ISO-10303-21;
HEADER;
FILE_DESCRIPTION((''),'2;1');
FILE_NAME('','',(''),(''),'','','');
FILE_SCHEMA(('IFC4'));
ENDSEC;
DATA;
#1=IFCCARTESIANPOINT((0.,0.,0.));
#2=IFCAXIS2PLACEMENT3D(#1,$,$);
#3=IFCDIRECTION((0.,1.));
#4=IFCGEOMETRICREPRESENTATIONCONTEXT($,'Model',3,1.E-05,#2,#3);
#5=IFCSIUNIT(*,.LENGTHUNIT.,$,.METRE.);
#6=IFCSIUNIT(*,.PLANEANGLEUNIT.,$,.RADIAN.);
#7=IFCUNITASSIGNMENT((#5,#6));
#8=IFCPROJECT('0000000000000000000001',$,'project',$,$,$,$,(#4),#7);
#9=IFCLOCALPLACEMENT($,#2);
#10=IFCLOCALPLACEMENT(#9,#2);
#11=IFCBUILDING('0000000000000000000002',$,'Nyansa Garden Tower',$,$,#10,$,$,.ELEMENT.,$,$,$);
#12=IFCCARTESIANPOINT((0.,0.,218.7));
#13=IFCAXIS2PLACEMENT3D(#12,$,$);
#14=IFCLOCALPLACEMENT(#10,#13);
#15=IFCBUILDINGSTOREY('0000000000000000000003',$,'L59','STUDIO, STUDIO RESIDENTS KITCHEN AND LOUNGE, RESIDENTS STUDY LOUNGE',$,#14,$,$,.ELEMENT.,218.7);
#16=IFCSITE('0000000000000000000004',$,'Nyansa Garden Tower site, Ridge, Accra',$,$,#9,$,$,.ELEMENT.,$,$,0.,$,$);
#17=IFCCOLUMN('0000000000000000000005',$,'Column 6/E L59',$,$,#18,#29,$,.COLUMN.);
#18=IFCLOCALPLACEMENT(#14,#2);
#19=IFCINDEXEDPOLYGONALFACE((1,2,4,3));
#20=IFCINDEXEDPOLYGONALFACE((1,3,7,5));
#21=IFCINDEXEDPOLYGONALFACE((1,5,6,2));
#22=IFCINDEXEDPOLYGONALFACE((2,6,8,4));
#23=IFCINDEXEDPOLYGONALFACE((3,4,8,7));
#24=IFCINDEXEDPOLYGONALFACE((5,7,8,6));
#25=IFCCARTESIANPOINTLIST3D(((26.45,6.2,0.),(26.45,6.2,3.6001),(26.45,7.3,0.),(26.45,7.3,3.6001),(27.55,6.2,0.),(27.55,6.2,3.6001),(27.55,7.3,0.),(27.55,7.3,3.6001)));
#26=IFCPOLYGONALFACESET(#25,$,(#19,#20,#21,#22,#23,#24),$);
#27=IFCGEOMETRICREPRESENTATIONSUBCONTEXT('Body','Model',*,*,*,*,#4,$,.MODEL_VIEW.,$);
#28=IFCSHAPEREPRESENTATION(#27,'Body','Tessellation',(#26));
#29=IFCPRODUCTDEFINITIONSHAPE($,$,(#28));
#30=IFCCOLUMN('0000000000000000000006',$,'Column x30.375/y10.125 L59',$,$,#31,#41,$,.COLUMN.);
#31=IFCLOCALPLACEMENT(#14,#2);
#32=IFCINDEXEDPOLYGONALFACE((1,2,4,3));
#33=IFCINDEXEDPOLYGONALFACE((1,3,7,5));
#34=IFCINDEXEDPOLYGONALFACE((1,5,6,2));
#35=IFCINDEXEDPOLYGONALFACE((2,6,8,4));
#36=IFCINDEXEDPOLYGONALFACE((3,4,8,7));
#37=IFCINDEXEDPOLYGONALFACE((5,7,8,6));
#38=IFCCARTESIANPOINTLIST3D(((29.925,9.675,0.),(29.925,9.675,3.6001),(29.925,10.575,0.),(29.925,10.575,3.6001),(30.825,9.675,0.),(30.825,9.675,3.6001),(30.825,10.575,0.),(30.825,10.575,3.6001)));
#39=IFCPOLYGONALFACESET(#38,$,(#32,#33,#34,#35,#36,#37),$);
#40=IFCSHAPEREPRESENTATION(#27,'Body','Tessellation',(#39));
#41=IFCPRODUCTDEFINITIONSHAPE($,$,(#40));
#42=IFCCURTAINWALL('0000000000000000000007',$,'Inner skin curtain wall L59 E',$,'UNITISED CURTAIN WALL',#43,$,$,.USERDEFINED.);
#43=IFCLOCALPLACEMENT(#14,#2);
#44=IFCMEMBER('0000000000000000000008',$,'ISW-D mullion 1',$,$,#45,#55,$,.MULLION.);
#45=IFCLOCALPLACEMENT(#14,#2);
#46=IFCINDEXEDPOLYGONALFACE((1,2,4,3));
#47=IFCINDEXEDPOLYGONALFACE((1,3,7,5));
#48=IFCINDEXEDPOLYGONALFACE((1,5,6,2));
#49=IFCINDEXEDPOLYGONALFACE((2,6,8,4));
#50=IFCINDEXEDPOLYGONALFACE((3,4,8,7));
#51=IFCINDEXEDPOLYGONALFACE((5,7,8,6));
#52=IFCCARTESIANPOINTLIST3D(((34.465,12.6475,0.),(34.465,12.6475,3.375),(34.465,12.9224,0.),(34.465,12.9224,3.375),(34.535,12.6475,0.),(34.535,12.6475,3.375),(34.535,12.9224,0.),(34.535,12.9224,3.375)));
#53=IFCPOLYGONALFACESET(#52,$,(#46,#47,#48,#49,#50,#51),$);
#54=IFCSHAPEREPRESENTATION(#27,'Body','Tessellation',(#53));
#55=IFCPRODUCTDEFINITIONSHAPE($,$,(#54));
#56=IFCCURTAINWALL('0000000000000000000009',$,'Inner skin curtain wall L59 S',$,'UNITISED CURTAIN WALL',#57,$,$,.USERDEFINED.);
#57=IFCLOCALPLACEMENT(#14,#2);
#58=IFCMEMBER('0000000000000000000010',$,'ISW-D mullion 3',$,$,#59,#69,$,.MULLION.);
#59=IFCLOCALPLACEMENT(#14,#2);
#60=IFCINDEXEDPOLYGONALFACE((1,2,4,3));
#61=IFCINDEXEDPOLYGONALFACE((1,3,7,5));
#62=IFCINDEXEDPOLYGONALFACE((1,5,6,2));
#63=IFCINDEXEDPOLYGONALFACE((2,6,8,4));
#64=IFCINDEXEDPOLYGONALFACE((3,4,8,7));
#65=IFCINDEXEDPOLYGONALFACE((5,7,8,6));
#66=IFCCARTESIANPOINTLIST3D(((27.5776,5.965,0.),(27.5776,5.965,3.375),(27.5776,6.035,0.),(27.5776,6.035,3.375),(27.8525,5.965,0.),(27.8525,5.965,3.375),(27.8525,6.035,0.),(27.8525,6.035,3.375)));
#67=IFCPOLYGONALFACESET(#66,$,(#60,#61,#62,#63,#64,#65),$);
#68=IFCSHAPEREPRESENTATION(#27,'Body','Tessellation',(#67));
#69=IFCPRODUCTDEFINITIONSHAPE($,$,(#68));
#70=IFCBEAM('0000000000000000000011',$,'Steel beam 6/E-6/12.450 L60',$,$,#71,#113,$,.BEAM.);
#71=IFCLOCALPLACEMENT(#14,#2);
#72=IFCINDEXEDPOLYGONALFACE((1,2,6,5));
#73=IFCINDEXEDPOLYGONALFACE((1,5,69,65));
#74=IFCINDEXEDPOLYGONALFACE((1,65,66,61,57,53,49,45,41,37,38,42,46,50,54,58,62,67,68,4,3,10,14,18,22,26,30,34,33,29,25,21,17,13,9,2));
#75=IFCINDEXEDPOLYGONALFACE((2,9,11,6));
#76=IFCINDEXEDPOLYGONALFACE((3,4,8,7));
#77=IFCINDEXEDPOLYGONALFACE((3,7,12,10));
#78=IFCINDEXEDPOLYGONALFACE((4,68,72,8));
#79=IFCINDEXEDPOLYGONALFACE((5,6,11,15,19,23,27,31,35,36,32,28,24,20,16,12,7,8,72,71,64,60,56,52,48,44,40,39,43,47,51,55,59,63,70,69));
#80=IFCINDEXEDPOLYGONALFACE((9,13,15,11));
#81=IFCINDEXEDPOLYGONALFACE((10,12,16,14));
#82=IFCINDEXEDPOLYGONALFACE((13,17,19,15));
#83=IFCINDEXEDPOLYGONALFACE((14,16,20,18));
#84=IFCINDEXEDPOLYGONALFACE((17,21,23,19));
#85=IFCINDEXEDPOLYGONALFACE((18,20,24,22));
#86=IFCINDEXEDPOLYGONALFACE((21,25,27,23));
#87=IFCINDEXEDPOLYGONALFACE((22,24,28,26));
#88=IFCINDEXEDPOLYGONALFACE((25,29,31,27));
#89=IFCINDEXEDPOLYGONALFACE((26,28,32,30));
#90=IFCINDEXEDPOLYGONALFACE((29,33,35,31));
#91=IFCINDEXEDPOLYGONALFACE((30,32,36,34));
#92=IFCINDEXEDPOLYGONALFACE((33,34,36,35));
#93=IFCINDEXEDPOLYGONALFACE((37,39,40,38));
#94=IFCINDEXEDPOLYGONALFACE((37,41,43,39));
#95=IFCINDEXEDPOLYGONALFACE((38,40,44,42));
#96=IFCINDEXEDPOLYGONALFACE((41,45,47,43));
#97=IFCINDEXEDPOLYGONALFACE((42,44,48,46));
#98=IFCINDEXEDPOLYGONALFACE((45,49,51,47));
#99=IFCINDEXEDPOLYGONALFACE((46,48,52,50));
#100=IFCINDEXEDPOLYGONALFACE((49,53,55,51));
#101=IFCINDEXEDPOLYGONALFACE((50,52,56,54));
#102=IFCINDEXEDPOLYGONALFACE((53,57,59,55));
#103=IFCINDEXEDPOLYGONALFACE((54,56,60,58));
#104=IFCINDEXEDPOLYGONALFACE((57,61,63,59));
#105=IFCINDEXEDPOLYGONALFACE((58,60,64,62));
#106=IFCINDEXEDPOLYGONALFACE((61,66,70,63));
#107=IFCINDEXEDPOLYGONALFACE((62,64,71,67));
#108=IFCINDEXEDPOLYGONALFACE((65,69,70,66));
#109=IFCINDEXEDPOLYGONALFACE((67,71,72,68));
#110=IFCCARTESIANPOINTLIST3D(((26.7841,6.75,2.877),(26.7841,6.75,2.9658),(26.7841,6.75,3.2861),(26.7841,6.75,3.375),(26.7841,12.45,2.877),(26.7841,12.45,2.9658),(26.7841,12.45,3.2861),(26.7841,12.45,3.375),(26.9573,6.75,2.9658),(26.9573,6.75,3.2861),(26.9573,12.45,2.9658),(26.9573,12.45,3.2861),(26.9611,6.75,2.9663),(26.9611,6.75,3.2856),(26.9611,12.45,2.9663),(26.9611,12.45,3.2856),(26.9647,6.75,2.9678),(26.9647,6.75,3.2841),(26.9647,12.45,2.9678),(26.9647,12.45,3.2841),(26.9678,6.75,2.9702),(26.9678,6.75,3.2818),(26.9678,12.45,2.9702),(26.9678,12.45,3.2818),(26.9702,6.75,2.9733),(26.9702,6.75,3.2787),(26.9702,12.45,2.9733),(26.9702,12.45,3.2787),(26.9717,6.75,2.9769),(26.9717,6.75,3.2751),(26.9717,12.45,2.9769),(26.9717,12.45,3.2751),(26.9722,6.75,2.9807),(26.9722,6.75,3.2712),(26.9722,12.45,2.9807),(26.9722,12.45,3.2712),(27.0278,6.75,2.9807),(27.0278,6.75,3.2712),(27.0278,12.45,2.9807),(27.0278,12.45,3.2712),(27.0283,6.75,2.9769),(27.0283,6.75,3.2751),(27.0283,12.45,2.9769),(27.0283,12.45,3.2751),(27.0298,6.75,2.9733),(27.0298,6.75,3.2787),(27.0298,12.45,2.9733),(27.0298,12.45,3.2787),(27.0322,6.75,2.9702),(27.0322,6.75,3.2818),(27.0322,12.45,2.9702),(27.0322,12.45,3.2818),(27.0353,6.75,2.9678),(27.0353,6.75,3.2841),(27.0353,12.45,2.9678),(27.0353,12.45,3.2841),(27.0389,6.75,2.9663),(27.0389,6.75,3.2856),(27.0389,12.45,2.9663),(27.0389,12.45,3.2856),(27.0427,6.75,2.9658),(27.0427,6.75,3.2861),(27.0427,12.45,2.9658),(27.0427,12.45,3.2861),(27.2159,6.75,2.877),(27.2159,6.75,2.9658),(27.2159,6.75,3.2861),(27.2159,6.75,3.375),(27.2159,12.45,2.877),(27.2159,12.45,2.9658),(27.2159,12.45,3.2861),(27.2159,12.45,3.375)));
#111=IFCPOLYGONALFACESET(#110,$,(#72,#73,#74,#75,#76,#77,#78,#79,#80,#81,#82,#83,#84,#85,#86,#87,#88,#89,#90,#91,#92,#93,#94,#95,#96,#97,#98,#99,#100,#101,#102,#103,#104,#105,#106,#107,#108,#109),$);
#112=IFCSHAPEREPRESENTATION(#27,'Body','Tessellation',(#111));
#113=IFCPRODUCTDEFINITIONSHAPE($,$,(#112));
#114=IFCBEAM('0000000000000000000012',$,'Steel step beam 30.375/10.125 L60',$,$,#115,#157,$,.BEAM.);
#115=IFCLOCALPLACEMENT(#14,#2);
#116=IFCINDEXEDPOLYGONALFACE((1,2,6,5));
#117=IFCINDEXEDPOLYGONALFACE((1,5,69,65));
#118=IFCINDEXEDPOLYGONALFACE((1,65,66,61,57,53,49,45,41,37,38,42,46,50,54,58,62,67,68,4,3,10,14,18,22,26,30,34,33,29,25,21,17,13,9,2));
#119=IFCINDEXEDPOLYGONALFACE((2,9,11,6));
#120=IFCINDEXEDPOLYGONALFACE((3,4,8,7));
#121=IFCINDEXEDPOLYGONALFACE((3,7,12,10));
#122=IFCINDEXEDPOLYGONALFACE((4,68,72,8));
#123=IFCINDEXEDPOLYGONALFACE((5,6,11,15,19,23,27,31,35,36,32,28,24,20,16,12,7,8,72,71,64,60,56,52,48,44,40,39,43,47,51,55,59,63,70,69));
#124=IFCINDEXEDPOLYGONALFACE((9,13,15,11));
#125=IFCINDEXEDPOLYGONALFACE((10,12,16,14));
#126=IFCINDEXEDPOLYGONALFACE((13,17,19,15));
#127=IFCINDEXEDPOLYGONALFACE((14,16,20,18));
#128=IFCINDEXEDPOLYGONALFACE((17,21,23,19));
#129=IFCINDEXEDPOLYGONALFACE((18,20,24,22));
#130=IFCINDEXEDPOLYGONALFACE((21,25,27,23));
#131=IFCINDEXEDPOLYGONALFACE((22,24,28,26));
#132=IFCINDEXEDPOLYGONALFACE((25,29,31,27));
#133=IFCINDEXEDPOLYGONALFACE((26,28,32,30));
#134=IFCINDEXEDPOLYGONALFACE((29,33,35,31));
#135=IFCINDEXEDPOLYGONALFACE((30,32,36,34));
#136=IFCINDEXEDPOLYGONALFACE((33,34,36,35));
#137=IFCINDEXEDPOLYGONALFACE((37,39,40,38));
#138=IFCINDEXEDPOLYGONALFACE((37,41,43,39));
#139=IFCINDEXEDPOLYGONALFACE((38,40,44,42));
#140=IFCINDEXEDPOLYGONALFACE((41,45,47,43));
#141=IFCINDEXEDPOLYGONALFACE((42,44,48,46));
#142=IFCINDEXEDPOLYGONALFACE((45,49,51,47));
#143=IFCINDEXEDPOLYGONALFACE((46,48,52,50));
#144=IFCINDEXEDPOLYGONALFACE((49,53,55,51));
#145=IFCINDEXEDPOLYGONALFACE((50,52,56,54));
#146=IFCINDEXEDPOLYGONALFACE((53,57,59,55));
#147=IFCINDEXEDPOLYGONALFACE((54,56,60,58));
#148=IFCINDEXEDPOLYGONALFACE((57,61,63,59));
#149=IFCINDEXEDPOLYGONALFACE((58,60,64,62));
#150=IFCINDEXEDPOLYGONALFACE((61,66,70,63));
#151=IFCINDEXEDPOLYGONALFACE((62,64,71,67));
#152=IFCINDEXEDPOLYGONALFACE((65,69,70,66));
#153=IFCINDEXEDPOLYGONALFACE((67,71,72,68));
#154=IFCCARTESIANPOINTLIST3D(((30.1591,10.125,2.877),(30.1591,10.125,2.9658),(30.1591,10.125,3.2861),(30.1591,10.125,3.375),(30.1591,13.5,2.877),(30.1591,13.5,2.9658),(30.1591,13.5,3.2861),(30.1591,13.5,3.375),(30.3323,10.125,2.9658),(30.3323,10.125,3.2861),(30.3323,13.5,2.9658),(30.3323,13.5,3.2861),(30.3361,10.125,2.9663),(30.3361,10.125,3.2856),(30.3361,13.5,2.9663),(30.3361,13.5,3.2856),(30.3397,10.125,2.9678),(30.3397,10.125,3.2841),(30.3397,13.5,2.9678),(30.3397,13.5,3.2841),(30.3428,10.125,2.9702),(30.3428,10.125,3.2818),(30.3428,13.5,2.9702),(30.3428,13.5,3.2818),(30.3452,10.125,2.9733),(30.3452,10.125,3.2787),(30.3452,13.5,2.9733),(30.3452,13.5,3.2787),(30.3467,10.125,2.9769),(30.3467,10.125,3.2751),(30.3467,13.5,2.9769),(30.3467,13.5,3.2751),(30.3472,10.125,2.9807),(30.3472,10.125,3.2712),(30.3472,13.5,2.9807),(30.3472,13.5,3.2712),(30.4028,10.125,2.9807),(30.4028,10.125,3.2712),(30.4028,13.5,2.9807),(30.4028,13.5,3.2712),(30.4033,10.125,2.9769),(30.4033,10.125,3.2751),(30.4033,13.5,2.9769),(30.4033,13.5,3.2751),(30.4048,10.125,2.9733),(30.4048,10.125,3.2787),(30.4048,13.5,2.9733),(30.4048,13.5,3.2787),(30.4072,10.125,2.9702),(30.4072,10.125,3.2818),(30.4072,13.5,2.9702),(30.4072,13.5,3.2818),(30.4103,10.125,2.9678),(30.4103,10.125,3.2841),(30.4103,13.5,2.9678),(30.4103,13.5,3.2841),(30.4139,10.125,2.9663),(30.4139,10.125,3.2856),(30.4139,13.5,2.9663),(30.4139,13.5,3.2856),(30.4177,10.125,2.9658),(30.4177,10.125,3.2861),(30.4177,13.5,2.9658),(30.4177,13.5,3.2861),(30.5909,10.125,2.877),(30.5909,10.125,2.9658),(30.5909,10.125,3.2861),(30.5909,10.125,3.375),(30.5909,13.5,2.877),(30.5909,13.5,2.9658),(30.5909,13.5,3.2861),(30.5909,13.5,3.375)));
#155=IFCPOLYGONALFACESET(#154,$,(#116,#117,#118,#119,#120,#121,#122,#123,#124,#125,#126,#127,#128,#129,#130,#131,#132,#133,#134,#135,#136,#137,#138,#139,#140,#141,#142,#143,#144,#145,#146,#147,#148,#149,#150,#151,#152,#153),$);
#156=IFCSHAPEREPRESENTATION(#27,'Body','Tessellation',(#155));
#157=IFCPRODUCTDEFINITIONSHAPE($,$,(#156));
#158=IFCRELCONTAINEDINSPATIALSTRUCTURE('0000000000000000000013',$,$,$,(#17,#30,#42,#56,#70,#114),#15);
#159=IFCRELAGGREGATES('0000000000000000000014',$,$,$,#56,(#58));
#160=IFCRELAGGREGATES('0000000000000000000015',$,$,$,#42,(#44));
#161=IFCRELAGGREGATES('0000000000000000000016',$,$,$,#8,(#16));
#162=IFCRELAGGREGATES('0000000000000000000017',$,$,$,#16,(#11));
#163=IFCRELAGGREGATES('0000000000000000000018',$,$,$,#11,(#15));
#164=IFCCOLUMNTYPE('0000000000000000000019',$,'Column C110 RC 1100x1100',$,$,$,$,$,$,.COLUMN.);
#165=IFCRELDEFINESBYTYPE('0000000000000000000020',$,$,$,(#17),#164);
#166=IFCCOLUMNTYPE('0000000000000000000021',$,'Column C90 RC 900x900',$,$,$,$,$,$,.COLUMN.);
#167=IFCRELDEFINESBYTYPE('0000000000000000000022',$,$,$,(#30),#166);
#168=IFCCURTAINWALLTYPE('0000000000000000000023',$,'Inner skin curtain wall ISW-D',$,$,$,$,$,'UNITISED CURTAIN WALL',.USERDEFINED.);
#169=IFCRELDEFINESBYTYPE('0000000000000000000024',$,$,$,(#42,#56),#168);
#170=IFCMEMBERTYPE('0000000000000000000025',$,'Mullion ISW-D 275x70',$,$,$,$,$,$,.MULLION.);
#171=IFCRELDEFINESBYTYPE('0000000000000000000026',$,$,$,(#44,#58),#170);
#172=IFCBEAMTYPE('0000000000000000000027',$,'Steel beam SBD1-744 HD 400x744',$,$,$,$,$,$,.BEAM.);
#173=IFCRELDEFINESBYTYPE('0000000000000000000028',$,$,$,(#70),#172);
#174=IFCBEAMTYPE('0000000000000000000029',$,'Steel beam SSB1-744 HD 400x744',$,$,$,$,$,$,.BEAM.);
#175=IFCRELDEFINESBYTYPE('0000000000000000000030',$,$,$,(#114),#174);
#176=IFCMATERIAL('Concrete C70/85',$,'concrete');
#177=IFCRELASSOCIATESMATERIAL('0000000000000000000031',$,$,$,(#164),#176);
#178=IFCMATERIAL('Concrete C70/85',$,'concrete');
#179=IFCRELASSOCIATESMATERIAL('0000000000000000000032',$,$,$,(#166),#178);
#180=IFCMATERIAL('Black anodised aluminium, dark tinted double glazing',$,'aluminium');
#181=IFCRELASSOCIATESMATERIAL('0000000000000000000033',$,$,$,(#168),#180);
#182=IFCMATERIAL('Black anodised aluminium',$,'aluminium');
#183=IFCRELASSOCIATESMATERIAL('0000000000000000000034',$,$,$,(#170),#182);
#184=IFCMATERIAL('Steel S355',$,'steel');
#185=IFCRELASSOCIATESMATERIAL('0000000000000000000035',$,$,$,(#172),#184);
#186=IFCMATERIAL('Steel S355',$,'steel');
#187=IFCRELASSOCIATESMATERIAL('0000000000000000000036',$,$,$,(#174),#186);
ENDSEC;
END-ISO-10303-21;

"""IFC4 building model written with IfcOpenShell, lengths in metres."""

from ifc_helpers import new_model, si_unit, direction, frame, origin, origin_2d, place, context, subcontext, project, spatial, rectangle, i_section, extrude, material, material_profile, profile_set, type_object, element, aggregate, save


model = new_model("IFC4")

# Units and contexts
model_context = context("Model", 3, precision=1e-05, world=origin(), true_north=direction((0.0, 1.0)))
body_context = subcontext(model_context, "Body", "Model", "MODEL_VIEW")
ifc_project = project(units=[si_unit("LENGTHUNIT", "METRE"), si_unit("PLANEANGLEUNIT", "RADIAN")], contexts=[model_context])

# Site, building, storey
site_placement = place(None, origin())
site = spatial("IfcSite", under=ifc_project, at=site_placement, Name="Nyansa Garden Tower site, Ridge, Accra", CompositionType="ELEMENT", RefElevation=0.0)
building_placement = place(site_placement, origin())
building = spatial("IfcBuilding", under=site, at=building_placement, Name="Nyansa Garden Tower", CompositionType="ELEMENT")
storey_placement = place(building_placement, frame((0.0, 0.0, 218.7)))
storey = spatial("IfcBuildingStorey", under=building, at=storey_placement, Name="L59", Description="STUDIO, STUDIO RESIDENTS KITCHEN AND LOUNGE, RESIDENTS STUDY LOUNGE", CompositionType="ELEMENT", Elevation=218.7)

# Columns
ifc_material_1 = material(Name="Concrete C70/85", Category="concrete")
ifc_material_profile_1 = material_profile(ifc_material_1, rectangle(XDim=1.1001, YDim=1.1001, at=origin_2d()), Name="RC 1100x1100")
ifc_profile_set_1 = profile_set([ifc_material_profile_1], Name="Concrete C70/85")
column_type_1 = type_object("IfcColumnType", Name="Column C110 RC 1100x1100", PredefinedType="COLUMN", material=ifc_profile_set_1)
column_1_placement = place(storey_placement, frame((27.0, 6.75, 0.0), z_axis=(0.0, 0.0, 1.0), x_axis=(1.0, 0.0, 0.0)))
element("IfcColumn", 1, at=column_1_placement, inside=storey, type_object=column_type_1, Name="Column 6/E L59", PredefinedType="COLUMN", context=body_context, shape_type="SweptSolid", body=[
    extrude(rectangle(XDim=1.1001, YDim=1.1001, at=origin_2d()), origin(), (0.0, 0.0, 1.0), 3.6001),
])
ifc_material_2 = material(Name="Concrete C70/85", Category="concrete")
ifc_material_profile_2 = material_profile(ifc_material_2, rectangle(XDim=0.8999, YDim=0.8999, at=origin_2d()), Name="RC 900x900")
ifc_profile_set_2 = profile_set([ifc_material_profile_2], Name="Concrete C70/85")
column_type_2 = type_object("IfcColumnType", Name="Column C90 RC 900x900", PredefinedType="COLUMN", material=ifc_profile_set_2)
column_2_placement = place(storey_placement, frame((30.375, 10.125, 0.0), z_axis=(0.0, 0.0, 1.0), x_axis=(1.0, 0.0, 0.0)))
element("IfcColumn", 2, at=column_2_placement, inside=storey, type_object=column_type_2, Name="Column x30.375/y10.125 L59", PredefinedType="COLUMN", context=body_context, shape_type="SweptSolid", body=[
    extrude(rectangle(XDim=0.8999, YDim=0.8999, at=origin_2d()), origin(), (0.0, 0.0, 1.0), 3.6001),
])

# Curtain walls, members
ifc_material_3 = material(Name="Black anodised aluminium, dark tinted double glazing", Category="aluminium")
curtain_wall_type = type_object("IfcCurtainWallType", Name="Inner skin curtain wall ISW-D", ElementType="UNITISED CURTAIN WALL", PredefinedType="USERDEFINED", material=ifc_material_3)
curtain_wall_1_placement = place(storey_placement, origin())
curtain_wall_1 = element("IfcCurtainWall", 3, at=curtain_wall_1_placement, inside=storey, type_object=curtain_wall_type, Name="Inner skin curtain wall L59 E", ObjectType="UNITISED CURTAIN WALL", PredefinedType="USERDEFINED")
ifc_material_4 = material(Name="Black anodised aluminium", Category="aluminium")
ifc_material_profile_3 = material_profile(ifc_material_4, rectangle(XDim=0.0701, YDim=0.2749, at=origin_2d()), Name="Mullion 275x70")
ifc_profile_set_3 = profile_set([ifc_material_profile_3], Name="Black anodised aluminium")
member_type_1 = type_object("IfcMemberType", Name="Mullion ISW-D 275x70", PredefinedType="MULLION", material=ifc_profile_set_3)
member_1_placement = place(storey_placement, frame((34.5, 12.7849, 0.0), z_axis=(0.0, 0.0, 1.0), x_axis=(-1.0, 0.0, 0.0)))
member_1 = element("IfcMember", 4, at=member_1_placement, type_object=member_type_1, Name="ISW-D mullion 1", PredefinedType="MULLION", context=body_context, shape_type="SweptSolid", body=[
    extrude(rectangle(XDim=0.0701, YDim=0.2749, at=origin_2d()), origin(), (0.0, 0.0, 1.0), 3.375),
])
curtain_wall_2_placement = place(storey_placement, origin())
curtain_wall_2 = element("IfcCurtainWall", 5, at=curtain_wall_2_placement, inside=storey, type_object=curtain_wall_type, Name="Inner skin curtain wall L59 S", ObjectType="UNITISED CURTAIN WALL", PredefinedType="USERDEFINED")
member_2_placement = place(storey_placement, frame((27.7151, 6.0, 0.0), z_axis=(0.0, 0.0, 1.0), x_axis=(0.0, 1.0, 0.0)))
member_2 = element("IfcMember", 6, at=member_2_placement, type_object=member_type_1, Name="ISW-D mullion 3", PredefinedType="MULLION", context=body_context, shape_type="SweptSolid", body=[
    extrude(rectangle(XDim=0.0701, YDim=0.2749, at=origin_2d()), origin(), (0.0, 0.0, 1.0), 3.375),
])
aggregate(curtain_wall_2, [member_2])

# Beams
ifc_material_5 = material(Name="Steel S355", Category="steel")
ifc_material_profile_4 = material_profile(ifc_material_5, i_section(OverallWidth=0.4319, OverallDepth=0.498, WebThickness=0.0557, FlangeThickness=0.0889, FilletRadius=0.0149, at=origin_2d()), Name="HD 400x744")
ifc_profile_set_4 = profile_set([ifc_material_profile_4], Name="Steel S355")
beam_type_1 = type_object("IfcBeamType", Name="Steel beam SBD1-744 HD 400x744", PredefinedType="BEAM", material=ifc_profile_set_4)
beam_placement = place(storey_placement, frame((27.0, 6.75, 3.126), z_axis=(0.0, 1.0, 0.0), x_axis=(-1.0, 0.0, 0.0)))
element("IfcBeam", 7, at=beam_placement, inside=storey, type_object=beam_type_1, Name="Steel beam 6/E-6/12.450 L60", PredefinedType="BEAM", context=body_context, shape_type="SweptSolid", body=[
    extrude(i_section(OverallWidth=0.4319, OverallDepth=0.498, WebThickness=0.0557, FlangeThickness=0.0889, FilletRadius=0.0149, at=origin_2d()), origin(), (0.0, 0.0, 1.0), 5.7),
])
ifc_material_6 = material(Name="Steel S355", Category="steel")
ifc_material_profile_5 = material_profile(ifc_material_6, i_section(OverallWidth=0.4319, OverallDepth=0.498, WebThickness=0.0557, FlangeThickness=0.0889, FilletRadius=0.0149, at=origin_2d()), Name="HD 400x744")
ifc_profile_set_5 = profile_set([ifc_material_profile_5], Name="Steel S355")
beam_type_2 = type_object("IfcBeamType", Name="Steel beam SSB1-744 HD 400x744", PredefinedType="BEAM", material=ifc_profile_set_5)
for number, where, z_axis, x_axis, name in (
    (8, (30.375, 10.125, 3.126), (0.0, 1.0, 0.0), (-1.0, 0.0, 0.0), "Steel step beam 30.375/10.125 L60"),
):
    element("IfcBeam", number, at=place(storey_placement, frame(where, z_axis=z_axis, x_axis=x_axis)), inside=storey, type_object=beam_type_2, Name=name, PredefinedType="BEAM", context=body_context, shape_type="SweptSolid", body=[
        extrude(i_section(OverallWidth=0.4319, OverallDepth=0.498, WebThickness=0.0557, FlangeThickness=0.0889, FilletRadius=0.0149, at=origin_2d()), origin(), (0.0, 0.0, 1.0), 3.375),
    ])

aggregate(curtain_wall_1, [member_1])

save(model, "model.ifc")
